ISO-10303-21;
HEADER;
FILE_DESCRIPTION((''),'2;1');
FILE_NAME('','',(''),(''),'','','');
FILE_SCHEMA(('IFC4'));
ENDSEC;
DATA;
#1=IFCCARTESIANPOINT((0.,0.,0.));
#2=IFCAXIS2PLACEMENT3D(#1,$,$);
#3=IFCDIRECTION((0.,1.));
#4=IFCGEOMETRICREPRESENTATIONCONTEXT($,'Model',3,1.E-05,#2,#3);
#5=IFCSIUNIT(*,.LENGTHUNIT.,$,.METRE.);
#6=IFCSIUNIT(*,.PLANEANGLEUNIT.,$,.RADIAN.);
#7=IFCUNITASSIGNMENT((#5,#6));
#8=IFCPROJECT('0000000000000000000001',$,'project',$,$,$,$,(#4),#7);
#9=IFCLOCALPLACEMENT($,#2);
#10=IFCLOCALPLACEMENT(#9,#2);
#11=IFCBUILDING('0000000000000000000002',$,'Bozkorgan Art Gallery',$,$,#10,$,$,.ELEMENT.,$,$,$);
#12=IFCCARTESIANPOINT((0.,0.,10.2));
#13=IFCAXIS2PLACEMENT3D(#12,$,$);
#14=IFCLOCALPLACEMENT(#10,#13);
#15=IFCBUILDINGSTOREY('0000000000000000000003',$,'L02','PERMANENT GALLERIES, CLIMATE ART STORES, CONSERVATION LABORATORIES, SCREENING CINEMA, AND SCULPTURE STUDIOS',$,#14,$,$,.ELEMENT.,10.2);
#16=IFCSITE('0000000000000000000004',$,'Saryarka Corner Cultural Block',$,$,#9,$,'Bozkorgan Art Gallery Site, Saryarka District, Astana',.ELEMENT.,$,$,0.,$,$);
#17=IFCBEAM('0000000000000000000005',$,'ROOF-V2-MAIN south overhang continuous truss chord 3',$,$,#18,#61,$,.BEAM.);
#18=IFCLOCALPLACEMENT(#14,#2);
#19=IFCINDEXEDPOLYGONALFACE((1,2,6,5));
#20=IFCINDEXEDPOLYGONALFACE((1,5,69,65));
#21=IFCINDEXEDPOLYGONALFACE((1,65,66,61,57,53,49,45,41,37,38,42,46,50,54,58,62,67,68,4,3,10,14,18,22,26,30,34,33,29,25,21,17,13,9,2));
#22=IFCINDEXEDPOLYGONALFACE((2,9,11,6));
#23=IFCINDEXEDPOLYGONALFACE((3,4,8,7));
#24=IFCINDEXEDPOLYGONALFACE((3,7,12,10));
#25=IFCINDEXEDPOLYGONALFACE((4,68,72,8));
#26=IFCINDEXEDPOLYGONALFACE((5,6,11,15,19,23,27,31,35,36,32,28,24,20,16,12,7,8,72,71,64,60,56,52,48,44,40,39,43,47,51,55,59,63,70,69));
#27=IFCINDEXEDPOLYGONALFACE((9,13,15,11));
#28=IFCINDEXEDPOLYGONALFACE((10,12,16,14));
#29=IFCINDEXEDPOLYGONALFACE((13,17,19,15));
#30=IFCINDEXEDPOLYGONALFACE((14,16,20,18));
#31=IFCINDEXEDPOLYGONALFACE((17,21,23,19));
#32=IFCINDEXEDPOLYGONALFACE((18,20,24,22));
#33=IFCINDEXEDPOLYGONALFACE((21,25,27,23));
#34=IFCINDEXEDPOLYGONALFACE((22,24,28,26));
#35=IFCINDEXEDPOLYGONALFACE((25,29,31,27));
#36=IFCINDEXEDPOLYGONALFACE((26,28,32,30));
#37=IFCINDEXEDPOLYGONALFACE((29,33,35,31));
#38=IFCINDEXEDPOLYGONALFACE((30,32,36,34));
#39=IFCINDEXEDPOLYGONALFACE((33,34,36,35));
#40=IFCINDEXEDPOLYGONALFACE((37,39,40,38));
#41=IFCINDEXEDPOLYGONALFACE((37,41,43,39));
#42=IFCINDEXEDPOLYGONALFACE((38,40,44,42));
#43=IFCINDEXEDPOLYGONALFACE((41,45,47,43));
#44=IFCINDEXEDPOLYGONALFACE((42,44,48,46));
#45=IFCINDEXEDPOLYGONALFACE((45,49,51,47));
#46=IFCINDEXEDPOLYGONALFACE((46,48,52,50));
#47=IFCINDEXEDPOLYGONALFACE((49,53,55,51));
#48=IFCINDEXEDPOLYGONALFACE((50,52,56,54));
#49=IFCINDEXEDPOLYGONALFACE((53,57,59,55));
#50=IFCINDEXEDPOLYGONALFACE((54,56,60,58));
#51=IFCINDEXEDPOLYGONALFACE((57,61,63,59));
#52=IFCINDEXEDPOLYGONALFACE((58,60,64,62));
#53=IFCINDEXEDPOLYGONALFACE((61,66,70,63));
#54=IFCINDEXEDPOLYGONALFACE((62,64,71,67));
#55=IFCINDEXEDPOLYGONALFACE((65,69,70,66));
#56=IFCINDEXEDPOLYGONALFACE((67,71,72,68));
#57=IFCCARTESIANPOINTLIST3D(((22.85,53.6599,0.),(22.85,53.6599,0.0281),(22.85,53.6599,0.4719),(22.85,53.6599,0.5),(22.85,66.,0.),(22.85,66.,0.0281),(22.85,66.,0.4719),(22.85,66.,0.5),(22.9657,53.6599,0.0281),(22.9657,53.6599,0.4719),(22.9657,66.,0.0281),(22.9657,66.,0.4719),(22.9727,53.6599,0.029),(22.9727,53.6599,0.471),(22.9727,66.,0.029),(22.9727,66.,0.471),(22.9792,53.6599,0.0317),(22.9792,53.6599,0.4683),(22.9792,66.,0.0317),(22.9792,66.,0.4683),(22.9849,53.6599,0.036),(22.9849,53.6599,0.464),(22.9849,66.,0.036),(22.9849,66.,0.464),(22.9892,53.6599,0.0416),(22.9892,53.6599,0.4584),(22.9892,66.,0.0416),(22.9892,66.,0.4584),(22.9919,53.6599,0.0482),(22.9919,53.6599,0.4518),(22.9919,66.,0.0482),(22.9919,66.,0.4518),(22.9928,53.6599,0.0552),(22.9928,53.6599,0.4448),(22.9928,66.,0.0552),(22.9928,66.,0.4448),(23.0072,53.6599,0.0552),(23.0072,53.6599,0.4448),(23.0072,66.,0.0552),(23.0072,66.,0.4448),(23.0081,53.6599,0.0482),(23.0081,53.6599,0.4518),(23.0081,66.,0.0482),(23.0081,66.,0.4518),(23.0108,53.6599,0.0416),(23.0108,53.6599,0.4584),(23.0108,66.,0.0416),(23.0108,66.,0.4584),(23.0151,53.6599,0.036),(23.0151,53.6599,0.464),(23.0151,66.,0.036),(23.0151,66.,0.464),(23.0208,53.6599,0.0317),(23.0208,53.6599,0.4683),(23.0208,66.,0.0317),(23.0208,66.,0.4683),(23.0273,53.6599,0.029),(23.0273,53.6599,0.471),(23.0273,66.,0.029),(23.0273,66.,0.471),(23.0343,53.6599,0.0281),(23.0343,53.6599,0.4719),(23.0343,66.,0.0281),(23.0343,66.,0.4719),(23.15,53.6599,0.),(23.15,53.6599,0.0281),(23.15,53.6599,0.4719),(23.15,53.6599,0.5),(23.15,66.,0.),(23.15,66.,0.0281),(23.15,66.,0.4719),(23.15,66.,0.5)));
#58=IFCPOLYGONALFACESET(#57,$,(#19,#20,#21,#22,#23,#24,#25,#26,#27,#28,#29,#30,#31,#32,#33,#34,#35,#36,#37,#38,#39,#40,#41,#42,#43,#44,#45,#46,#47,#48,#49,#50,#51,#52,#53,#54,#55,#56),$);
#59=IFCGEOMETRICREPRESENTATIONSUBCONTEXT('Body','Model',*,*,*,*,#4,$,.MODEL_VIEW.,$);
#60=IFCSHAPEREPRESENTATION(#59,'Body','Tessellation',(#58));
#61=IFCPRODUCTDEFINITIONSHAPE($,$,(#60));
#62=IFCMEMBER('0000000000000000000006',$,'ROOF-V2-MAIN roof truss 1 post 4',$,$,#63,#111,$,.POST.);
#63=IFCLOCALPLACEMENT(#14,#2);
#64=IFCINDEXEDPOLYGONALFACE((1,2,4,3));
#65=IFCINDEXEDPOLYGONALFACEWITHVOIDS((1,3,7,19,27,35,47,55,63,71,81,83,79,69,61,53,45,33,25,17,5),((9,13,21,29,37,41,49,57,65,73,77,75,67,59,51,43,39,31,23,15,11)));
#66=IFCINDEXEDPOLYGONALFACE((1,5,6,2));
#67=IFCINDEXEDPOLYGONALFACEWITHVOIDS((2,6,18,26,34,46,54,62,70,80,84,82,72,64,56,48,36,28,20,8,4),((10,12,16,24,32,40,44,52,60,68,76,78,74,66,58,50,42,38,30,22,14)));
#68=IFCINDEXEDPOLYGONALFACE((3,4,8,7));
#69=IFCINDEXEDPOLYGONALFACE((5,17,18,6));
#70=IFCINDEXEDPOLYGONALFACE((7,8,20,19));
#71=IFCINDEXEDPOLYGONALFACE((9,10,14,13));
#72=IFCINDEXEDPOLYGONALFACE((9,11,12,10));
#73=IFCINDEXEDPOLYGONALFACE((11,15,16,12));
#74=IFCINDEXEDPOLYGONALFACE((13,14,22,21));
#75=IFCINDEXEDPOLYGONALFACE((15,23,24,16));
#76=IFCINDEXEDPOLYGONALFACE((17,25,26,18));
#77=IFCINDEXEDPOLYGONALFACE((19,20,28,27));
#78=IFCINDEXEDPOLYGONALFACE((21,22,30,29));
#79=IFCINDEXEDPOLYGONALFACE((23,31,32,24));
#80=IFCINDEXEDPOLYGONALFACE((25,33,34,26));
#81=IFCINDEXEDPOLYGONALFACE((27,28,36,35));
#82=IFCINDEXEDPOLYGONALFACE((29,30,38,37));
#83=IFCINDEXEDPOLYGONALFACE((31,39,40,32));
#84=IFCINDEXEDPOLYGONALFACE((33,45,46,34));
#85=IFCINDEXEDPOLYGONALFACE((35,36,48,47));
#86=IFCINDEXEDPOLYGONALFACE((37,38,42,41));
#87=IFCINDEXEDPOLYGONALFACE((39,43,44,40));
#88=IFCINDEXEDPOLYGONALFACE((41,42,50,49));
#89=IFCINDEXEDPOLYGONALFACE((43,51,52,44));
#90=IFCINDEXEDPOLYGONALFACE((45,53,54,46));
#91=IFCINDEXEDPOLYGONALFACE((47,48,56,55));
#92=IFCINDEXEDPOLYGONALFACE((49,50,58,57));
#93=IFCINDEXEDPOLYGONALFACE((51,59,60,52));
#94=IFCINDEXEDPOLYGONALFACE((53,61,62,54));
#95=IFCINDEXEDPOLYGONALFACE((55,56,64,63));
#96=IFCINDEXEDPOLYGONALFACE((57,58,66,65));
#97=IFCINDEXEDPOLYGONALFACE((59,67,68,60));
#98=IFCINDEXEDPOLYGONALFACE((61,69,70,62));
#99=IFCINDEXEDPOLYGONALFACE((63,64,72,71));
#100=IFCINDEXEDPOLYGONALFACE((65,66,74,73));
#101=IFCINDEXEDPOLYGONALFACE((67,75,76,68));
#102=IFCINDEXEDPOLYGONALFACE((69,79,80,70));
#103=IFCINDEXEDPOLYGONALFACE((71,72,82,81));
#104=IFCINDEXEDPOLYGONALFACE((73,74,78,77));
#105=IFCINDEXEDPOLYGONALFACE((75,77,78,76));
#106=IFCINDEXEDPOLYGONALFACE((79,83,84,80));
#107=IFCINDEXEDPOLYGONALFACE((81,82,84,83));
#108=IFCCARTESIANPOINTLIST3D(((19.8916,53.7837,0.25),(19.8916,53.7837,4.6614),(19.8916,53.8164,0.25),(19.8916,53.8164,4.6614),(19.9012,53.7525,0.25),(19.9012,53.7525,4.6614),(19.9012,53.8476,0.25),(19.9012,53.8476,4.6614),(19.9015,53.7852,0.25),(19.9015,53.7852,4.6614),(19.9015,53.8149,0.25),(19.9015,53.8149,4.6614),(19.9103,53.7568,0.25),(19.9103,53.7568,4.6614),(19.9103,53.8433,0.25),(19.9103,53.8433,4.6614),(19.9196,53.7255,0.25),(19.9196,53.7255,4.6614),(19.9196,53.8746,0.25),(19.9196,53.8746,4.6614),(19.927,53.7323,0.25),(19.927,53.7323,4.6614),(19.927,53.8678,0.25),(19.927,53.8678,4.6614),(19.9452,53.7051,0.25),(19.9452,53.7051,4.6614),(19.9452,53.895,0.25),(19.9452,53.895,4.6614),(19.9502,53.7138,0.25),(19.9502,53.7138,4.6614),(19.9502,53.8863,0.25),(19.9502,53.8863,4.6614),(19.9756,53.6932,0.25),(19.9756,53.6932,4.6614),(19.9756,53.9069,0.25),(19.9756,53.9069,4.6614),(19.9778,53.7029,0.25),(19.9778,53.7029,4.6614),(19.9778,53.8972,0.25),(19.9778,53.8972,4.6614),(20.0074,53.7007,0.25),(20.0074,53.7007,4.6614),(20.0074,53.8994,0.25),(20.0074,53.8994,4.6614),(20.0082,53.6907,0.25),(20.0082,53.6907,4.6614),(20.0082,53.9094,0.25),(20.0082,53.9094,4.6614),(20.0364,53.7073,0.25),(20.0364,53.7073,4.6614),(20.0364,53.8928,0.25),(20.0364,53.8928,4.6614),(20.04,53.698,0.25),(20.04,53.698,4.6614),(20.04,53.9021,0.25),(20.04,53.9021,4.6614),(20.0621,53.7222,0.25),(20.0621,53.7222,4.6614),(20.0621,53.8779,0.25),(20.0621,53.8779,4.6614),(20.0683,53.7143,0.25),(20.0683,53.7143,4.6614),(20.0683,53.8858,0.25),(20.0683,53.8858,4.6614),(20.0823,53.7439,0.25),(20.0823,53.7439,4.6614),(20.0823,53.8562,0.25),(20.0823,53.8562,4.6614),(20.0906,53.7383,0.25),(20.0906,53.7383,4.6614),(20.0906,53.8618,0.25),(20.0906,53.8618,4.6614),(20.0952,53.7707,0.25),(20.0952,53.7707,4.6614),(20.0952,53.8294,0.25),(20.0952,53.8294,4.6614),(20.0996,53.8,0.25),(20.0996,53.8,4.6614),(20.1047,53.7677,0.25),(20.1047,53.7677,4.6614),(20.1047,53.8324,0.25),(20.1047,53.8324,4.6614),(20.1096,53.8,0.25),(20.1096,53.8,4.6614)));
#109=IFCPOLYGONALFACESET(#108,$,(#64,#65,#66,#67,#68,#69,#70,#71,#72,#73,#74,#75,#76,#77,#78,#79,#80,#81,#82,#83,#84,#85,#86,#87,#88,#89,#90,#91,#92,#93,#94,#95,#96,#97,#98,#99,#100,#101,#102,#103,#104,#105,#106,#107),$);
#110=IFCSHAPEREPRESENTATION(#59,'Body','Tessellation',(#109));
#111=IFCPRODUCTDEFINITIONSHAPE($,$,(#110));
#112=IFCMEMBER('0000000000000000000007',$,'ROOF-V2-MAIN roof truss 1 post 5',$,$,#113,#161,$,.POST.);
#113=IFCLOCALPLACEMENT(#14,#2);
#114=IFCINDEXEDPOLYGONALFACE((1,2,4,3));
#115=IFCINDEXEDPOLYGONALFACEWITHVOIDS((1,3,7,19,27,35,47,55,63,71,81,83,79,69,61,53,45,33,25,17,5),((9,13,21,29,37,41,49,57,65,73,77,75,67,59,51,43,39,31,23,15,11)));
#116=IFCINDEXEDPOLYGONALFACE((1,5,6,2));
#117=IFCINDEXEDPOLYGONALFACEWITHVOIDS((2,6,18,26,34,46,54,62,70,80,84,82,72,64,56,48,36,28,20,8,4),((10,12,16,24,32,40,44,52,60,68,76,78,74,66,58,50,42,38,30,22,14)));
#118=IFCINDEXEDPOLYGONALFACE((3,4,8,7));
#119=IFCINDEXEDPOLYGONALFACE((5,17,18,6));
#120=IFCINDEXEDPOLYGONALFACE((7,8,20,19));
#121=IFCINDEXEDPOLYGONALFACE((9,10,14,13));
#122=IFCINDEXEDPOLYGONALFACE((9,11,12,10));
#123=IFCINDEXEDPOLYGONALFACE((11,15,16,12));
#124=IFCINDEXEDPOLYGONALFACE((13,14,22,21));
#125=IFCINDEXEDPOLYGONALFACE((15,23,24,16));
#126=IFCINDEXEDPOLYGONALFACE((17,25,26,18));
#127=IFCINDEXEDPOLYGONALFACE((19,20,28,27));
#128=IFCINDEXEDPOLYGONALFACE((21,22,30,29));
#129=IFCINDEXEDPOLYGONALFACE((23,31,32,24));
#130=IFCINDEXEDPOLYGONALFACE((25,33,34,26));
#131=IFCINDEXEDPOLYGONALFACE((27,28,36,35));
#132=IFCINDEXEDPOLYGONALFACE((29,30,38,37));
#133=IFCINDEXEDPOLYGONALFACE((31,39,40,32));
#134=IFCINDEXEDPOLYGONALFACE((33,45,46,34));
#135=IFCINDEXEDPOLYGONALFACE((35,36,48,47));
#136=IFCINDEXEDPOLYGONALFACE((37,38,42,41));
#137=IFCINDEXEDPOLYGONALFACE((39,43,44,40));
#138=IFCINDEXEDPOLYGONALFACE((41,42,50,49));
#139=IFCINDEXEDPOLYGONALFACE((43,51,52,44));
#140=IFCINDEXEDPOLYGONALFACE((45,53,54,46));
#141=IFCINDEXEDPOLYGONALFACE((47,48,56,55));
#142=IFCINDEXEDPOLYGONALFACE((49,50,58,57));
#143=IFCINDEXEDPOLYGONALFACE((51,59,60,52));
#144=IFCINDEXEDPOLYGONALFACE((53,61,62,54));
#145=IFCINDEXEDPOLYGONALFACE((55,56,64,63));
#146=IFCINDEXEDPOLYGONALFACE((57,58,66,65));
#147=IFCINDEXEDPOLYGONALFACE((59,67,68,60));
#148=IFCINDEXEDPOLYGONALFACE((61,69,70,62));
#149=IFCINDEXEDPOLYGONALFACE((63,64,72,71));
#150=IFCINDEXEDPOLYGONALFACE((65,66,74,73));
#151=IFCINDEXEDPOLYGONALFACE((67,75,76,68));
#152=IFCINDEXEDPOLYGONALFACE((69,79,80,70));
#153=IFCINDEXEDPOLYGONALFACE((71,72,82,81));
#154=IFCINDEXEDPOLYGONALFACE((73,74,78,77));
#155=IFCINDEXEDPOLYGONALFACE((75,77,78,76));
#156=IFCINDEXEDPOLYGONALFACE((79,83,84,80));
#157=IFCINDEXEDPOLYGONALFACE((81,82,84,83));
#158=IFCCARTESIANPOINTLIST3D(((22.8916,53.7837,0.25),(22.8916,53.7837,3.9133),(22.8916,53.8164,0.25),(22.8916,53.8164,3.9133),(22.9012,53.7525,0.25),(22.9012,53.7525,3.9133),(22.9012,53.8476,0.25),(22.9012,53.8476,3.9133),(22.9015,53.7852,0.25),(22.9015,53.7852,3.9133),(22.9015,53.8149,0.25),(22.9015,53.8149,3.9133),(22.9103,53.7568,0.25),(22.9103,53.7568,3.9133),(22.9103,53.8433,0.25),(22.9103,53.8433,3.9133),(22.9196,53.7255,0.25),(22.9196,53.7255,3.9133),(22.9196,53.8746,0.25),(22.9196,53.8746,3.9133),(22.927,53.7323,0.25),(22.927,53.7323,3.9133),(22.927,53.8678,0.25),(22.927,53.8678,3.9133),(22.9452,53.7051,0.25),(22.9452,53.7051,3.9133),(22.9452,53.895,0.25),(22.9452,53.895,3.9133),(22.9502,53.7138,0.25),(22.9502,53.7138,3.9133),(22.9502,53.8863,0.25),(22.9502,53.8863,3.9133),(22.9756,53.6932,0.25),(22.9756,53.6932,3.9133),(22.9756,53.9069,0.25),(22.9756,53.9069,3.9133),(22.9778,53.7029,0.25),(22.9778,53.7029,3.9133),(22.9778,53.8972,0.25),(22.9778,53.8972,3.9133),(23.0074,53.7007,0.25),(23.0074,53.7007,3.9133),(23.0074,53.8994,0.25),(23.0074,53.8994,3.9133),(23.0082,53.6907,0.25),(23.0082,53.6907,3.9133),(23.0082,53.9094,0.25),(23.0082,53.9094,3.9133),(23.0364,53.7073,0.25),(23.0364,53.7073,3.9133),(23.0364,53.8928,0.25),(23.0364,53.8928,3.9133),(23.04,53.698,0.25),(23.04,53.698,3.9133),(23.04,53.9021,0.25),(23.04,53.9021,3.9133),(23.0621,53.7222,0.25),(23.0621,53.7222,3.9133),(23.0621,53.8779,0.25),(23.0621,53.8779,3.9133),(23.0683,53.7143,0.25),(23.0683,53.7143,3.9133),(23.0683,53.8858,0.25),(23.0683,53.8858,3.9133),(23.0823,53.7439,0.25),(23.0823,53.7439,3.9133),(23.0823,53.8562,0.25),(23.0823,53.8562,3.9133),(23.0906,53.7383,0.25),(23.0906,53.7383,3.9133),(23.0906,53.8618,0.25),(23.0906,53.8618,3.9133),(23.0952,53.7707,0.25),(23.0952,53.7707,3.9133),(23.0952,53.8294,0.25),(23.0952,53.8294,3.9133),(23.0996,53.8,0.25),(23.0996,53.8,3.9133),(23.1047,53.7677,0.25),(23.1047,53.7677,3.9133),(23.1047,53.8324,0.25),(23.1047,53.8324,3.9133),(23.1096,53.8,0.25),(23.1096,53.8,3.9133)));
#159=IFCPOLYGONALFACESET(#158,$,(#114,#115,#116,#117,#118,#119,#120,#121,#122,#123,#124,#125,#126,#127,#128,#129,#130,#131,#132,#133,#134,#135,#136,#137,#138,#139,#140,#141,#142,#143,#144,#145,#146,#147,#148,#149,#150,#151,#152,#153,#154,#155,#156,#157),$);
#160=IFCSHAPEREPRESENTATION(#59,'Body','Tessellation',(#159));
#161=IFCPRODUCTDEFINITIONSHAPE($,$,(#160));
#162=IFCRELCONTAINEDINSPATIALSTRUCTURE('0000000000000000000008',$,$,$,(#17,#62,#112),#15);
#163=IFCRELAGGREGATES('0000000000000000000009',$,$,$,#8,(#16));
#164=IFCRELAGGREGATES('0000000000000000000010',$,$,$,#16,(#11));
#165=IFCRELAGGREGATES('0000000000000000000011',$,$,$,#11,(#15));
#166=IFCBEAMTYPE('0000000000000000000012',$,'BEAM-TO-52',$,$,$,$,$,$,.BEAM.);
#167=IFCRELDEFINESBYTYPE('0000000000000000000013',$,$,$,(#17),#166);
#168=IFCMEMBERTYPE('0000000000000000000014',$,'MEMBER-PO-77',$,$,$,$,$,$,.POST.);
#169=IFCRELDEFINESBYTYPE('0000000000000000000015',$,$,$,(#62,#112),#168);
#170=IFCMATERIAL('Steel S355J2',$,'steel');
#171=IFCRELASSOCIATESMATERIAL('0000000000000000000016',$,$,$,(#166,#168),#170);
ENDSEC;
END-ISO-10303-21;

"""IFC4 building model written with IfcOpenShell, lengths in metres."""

from ifc_helpers import new_model, si_unit, direction, frame, origin, origin_2d, place, context, subcontext, project, spatial, hollow_circle, i_section, extrude, material, material_profile, profile_set, type_object, element, save


model = new_model("IFC4")

# Units and contexts
model_context = context("Model", 3, precision=1e-05, world=origin(), true_north=direction((0.0, 1.0)))
body_context = subcontext(model_context, "Body", "Model", "MODEL_VIEW")
ifc_project = project(units=[si_unit("LENGTHUNIT", "METRE"), si_unit("PLANEANGLEUNIT", "RADIAN")], contexts=[model_context])

# Site, building, storey
site_placement = place(None, origin())
site = spatial("IfcSite", under=ifc_project, at=site_placement, Name="Saryarka Corner Cultural Block", LongName="Bozkorgan Art Gallery Site, Saryarka District, Astana", CompositionType="ELEMENT", RefElevation=0.0)
building_placement = place(site_placement, origin())
building = spatial("IfcBuilding", under=site, at=building_placement, Name="Bozkorgan Art Gallery", CompositionType="ELEMENT")
storey_placement = place(building_placement, frame((0.0, 0.0, 10.2)))
storey = spatial("IfcBuildingStorey", under=building, at=storey_placement, Name="L02", Description="PERMANENT GALLERIES, CLIMATE ART STORES, CONSERVATION LABORATORIES, SCREENING CINEMA, AND SCULPTURE STUDIOS", CompositionType="ELEMENT", Elevation=10.2)

# Beam
ifc_material = material(Name="Steel S355J2", Category="steel")
ifc_material_profile_1 = material_profile(ifc_material, i_section(OverallWidth=0.3, OverallDepth=0.5, WebThickness=0.0144, FlangeThickness=0.0281, FilletRadius=0.0271, at=origin_2d()), Name="HEB 500")
ifc_profile_set_1 = profile_set([ifc_material_profile_1], Name="Steel S355J2")
beam_type = type_object("IfcBeamType", Name="BEAM-TO-52", PredefinedType="BEAM", material=ifc_profile_set_1)
beam_placement = place(storey_placement, frame((23.0, 53.6599, 0.25), z_axis=(0.0, 1.0, 0.0), x_axis=(-1.0, 0.0, 0.0)))
element("IfcBeam", 1, at=beam_placement, inside=storey, type_object=beam_type, Name="ROOF-V2-MAIN south overhang continuous truss chord 3", PredefinedType="BEAM", context=body_context, shape_type="SweptSolid", body=[
    extrude(i_section(OverallWidth=0.3, OverallDepth=0.5, WebThickness=0.0144, FlangeThickness=0.0281, FilletRadius=0.0271, at=origin_2d()), origin(), (0.0, 0.0, 1.0), 12.3401),
])

# Members
ifc_material_profile_2 = material_profile(ifc_material, hollow_circle(Radius=0.1096, WallThickness=0.01, at=origin_2d()), Name="CHS 219.1x10")
ifc_profile_set_2 = profile_set([ifc_material_profile_2], Name="Steel S355J2")
member_type_1 = type_object("IfcMemberType", Name="MEMBER-PO-77", PredefinedType="POST", material=ifc_profile_set_2)
member_1_placement = place(storey_placement, frame((20.0, 53.8, 0.25), z_axis=(0.0, 0.0, 1.0), x_axis=(1.0, 0.0, 0.0)))
element("IfcMember", 2, at=member_1_placement, inside=storey, type_object=member_type_1, Name="ROOF-V2-MAIN roof truss 1 post 4", PredefinedType="POST", context=body_context, shape_type="SweptSolid", body=[
    extrude(hollow_circle(Radius=0.1096, WallThickness=0.01, at=origin_2d()), origin(), (0.0, 0.0, 1.0), 4.4114),
])
member_2_placement = place(storey_placement, frame((23.0, 53.8, 0.25), z_axis=(0.0, 0.0, 1.0), x_axis=(1.0, 0.0, 0.0)))
element("IfcMember", 3, at=member_2_placement, inside=storey, type_object=member_type_1, Name="ROOF-V2-MAIN roof truss 1 post 5", PredefinedType="POST", context=body_context, shape_type="SweptSolid", body=[
    extrude(hollow_circle(Radius=0.1096, WallThickness=0.01, at=origin_2d()), origin(), (0.0, 0.0, 1.0), 3.6633),
])

save(model, "model.ifc")
